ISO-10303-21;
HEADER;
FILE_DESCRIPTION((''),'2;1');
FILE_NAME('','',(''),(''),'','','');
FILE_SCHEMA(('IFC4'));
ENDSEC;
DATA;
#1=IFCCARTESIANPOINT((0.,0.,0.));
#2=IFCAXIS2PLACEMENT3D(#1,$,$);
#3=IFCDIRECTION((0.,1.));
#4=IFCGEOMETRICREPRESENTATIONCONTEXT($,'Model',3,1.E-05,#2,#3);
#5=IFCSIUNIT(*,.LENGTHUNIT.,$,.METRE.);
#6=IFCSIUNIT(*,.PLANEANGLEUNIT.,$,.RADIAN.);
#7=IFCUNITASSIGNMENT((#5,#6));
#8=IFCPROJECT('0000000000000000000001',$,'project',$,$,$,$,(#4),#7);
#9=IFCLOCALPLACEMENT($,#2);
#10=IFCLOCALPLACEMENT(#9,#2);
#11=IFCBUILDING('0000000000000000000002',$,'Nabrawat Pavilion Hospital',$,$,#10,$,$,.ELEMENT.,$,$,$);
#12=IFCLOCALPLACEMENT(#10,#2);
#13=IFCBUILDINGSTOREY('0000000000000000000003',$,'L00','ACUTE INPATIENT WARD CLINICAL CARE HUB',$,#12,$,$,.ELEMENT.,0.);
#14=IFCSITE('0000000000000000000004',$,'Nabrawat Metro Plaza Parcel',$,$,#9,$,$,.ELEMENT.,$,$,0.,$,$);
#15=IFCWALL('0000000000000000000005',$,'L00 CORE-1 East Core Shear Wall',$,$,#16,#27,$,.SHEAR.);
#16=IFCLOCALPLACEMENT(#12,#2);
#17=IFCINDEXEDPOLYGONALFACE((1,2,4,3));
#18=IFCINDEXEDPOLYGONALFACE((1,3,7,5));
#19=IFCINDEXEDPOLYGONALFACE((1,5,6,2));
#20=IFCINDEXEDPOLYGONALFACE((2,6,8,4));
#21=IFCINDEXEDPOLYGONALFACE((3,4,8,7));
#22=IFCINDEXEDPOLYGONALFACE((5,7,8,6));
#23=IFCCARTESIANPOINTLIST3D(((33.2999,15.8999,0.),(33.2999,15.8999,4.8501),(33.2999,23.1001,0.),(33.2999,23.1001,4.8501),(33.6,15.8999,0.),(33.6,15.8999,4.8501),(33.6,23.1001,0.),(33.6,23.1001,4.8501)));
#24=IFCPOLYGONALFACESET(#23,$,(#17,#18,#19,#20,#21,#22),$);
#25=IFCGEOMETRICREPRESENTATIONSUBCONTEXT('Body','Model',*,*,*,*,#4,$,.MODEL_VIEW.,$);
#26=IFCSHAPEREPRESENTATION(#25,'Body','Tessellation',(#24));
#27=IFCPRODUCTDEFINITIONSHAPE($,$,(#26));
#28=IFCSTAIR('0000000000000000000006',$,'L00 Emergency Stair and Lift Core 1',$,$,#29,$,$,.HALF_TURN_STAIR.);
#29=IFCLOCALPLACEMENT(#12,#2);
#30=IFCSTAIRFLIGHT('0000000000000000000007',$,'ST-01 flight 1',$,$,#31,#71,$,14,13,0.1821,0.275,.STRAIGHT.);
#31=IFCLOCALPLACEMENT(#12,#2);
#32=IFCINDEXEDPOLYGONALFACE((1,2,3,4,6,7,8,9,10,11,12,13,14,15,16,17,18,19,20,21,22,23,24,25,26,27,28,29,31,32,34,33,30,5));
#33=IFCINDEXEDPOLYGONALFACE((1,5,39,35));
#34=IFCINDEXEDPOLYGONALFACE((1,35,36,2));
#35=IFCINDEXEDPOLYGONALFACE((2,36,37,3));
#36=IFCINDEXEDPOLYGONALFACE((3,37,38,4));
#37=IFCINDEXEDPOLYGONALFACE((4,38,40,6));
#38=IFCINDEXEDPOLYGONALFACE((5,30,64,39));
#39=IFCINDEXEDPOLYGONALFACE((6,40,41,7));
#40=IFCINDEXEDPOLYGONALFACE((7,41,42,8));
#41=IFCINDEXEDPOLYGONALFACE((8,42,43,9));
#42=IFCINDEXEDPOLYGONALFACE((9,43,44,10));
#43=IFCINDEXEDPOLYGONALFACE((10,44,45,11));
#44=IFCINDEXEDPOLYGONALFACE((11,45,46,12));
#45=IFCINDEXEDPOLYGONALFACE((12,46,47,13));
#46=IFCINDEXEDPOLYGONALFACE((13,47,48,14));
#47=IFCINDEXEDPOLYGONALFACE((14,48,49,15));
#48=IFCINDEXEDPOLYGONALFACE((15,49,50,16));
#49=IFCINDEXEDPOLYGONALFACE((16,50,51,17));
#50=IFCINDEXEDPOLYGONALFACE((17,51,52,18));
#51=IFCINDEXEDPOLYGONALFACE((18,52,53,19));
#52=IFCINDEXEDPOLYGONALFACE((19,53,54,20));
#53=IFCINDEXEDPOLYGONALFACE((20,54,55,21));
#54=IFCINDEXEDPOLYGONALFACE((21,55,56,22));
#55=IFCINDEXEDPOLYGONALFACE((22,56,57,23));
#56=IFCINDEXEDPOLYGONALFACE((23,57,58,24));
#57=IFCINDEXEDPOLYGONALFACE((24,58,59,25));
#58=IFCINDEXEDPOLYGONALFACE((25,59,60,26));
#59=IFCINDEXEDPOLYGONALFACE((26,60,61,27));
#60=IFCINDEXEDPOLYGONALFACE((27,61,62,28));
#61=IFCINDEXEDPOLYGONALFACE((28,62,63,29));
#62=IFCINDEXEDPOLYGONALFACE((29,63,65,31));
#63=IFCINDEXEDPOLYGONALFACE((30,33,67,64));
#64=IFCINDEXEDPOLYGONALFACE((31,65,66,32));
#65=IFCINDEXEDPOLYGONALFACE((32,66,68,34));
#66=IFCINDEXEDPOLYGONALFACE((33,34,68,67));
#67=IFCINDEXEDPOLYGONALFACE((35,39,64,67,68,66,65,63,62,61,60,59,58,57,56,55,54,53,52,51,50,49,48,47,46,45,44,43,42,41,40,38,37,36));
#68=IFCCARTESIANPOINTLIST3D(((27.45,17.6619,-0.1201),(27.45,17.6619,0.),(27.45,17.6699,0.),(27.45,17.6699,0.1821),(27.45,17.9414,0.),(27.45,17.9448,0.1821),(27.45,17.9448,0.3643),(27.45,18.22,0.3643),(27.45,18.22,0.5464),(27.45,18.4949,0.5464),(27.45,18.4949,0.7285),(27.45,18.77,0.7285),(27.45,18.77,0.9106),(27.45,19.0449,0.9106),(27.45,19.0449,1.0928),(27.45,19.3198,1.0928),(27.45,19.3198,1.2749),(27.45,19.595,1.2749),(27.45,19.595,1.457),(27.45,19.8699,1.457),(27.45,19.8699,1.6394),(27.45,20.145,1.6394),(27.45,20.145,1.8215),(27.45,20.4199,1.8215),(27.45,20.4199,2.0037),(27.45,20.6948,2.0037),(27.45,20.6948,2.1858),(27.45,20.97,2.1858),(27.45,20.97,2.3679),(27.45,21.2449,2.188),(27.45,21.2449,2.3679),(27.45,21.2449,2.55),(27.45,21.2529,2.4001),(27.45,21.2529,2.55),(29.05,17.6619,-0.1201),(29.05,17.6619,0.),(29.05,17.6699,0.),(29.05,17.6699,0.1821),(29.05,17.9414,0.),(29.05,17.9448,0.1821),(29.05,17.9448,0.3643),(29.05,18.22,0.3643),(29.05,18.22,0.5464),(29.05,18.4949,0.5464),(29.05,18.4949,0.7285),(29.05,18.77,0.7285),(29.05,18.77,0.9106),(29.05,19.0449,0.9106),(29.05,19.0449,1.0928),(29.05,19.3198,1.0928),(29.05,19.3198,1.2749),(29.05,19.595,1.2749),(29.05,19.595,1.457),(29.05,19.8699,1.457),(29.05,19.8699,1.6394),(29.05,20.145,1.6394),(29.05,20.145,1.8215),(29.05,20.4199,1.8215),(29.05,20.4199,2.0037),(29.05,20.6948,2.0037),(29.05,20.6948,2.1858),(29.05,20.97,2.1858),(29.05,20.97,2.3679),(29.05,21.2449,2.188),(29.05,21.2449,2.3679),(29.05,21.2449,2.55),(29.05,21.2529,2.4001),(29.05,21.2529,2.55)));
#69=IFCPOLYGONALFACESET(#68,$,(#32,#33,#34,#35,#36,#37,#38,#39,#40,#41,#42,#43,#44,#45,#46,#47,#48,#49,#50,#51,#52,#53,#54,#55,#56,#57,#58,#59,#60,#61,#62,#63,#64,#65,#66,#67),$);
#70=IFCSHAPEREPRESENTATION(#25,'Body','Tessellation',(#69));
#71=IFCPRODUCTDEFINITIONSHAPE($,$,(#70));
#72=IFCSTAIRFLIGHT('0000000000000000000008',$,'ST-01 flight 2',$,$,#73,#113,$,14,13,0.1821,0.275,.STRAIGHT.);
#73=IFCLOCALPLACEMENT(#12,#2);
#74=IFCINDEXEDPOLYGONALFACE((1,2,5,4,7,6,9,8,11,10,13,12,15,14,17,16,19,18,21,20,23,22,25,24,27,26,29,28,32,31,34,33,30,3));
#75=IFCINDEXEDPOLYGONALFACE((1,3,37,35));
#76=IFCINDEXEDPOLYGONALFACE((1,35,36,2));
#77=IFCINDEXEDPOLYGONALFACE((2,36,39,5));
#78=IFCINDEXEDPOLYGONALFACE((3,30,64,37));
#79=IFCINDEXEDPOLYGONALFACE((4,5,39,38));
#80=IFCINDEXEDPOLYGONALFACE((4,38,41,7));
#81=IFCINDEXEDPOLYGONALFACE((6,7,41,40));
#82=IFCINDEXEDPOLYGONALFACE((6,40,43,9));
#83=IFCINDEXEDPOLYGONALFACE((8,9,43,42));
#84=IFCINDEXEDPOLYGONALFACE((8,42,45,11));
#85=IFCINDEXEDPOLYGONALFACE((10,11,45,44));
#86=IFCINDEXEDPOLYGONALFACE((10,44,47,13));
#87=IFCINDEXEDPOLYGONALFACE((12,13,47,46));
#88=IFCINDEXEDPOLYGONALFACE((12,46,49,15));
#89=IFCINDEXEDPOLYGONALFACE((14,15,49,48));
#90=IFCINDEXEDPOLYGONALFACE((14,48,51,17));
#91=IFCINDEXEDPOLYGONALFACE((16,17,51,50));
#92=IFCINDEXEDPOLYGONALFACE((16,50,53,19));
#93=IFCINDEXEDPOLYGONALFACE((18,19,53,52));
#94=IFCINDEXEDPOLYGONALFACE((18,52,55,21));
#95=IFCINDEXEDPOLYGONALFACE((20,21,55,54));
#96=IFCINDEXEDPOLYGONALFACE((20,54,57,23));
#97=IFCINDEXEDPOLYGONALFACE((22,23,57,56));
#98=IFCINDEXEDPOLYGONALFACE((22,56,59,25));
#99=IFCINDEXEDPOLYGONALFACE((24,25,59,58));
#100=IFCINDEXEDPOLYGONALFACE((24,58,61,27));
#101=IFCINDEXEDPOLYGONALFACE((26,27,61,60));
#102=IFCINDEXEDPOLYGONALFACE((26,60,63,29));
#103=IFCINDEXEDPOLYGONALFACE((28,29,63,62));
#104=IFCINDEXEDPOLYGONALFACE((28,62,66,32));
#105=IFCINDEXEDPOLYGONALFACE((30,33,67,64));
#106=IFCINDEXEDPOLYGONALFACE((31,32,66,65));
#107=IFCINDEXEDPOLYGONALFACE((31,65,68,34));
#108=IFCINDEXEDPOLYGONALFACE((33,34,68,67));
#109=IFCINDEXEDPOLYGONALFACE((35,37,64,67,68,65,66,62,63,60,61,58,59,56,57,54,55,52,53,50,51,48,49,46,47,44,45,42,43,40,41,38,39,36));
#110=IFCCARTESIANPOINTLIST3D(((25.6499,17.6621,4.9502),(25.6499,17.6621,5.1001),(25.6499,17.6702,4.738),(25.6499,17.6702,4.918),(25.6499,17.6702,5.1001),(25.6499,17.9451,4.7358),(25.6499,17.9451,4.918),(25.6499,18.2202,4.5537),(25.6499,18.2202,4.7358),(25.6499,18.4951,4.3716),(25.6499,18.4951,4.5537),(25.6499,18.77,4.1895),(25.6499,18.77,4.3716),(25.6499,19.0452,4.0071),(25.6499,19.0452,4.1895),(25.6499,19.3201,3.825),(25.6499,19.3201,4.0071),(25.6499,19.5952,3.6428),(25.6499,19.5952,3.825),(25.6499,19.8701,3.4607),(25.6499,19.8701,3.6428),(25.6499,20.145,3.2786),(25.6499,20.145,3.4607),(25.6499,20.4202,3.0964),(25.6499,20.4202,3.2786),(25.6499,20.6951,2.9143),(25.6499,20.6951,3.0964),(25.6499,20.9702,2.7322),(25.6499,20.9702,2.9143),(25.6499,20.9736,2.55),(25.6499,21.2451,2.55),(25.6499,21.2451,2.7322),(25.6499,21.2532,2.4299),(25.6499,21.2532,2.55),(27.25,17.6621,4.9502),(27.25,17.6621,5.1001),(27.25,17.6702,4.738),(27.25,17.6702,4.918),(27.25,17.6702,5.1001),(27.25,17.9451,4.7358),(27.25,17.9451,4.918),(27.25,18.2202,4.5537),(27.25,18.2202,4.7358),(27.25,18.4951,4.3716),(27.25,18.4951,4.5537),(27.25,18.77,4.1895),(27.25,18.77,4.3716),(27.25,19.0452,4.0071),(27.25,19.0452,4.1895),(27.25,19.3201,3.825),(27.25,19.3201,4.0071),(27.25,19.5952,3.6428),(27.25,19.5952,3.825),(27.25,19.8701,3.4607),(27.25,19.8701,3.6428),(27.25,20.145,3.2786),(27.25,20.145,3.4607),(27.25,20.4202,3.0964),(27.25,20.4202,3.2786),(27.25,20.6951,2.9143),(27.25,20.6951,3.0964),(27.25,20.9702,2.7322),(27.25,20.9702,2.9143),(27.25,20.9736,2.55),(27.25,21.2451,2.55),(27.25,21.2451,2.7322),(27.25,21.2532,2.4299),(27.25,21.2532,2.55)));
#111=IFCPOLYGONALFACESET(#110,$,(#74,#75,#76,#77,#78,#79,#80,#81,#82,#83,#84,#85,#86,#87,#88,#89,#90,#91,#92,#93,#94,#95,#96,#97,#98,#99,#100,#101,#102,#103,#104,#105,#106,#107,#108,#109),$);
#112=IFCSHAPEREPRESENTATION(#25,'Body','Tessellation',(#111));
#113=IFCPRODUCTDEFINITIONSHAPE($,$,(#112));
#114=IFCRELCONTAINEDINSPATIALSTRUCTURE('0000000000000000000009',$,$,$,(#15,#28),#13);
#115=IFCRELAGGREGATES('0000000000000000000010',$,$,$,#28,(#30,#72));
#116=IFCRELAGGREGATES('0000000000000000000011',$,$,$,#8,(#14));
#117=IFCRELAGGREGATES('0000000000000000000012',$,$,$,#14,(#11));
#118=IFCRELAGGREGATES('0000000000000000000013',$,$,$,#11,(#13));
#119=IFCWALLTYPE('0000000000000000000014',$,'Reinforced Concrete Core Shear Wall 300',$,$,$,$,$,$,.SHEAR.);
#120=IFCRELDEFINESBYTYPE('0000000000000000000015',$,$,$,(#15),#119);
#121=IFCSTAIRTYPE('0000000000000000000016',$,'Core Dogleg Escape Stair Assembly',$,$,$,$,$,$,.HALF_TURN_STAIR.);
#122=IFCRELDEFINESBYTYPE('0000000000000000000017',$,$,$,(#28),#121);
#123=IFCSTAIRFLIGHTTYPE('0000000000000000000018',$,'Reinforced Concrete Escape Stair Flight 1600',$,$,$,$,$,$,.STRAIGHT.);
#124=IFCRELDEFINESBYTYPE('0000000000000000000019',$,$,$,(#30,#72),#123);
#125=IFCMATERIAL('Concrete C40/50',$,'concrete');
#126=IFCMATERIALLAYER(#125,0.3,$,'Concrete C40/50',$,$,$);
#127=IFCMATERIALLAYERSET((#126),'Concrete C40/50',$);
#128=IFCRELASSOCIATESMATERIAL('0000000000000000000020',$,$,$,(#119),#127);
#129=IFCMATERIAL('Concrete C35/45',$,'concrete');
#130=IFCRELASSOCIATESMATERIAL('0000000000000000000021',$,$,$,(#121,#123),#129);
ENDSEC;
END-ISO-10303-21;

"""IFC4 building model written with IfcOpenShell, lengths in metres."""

from ifc_helpers import new_model, si_unit, direction, frame, frame_2d, origin, place, context, subcontext, project, spatial, polyline, rectangle, outline, extrude, material, layer, layer_set, type_object, element, aggregate, save


model = new_model("IFC4")

# Units and contexts
model_context = context("Model", 3, precision=1e-05, world=origin(), true_north=direction((0.0, 1.0)))
body_context = subcontext(model_context, "Body", "Model", "MODEL_VIEW")
ifc_project = project(units=[si_unit("LENGTHUNIT", "METRE"), si_unit("PLANEANGLEUNIT", "RADIAN")], contexts=[model_context])

# Site, building, storey
site_placement = place(None, origin())
site = spatial("IfcSite", under=ifc_project, at=site_placement, Name="Nabrawat Metro Plaza Parcel", CompositionType="ELEMENT", RefElevation=0.0)
building_placement = place(site_placement, origin())
building = spatial("IfcBuilding", under=site, at=building_placement, Name="Nabrawat Pavilion Hospital", CompositionType="ELEMENT")
storey_placement = place(building_placement, origin())
storey = spatial("IfcBuildingStorey", under=building, at=storey_placement, Name="L00", Description="ACUTE INPATIENT WARD CLINICAL CARE HUB", CompositionType="ELEMENT", Elevation=0.0)

# Shared definitions
ifc_material_1 = material(Name="Concrete C35/45", Category="concrete")

# Shared definitions
ifc_material_2 = material(Name="Concrete C40/50", Category="concrete")
ifc_layer_1 = layer(ifc_material_2, 0.3, Name="Concrete C40/50")
ifc_layer_set_1 = layer_set([ifc_layer_1], Name="Concrete C40/50")
wall_type_1 = type_object("IfcWallType", Name="Reinforced Concrete Core Shear Wall 300", PredefinedType="SHEAR", material=ifc_layer_set_1)

# Wall
for number, where, z_axis, x_axis, name in (
    (1, (33.45, 15.8999, 0.0), (0.0, 0.0, 1.0), (0.0, 1.0, 0.0), "L00 CORE-1 East Core Shear Wall"),
):
    element("IfcWall", number, at=place(storey_placement, frame(where, z_axis=z_axis, x_axis=x_axis)), inside=storey, type_object=wall_type_1, Name=name, PredefinedType="SHEAR", context=body_context, shape_type="SweptSolid", body=[
        extrude(rectangle(XDim=7.2002, YDim=0.3, at=frame_2d((3.6001, 0.0))), origin(), (0.0, 0.0, 1.0), 4.8501),
    ])

# Stair, stair flights
stair_type = type_object("IfcStairType", Name="Core Dogleg Escape Stair Assembly", PredefinedType="HALF_TURN_STAIR", material=ifc_material_1)
stair_placement = place(storey_placement, origin())
stair = element("IfcStair", 2, at=stair_placement, inside=storey, type_object=stair_type, Name="L00 Emergency Stair and Lift Core 1", PredefinedType="HALF_TURN_STAIR")
stair_flight_type = type_object("IfcStairFlightType", Name="Reinforced Concrete Escape Stair Flight 1600", PredefinedType="STRAIGHT", material=ifc_material_1)
stair_flight_1_placement = place(storey_placement, frame((28.25, 17.6699, 0.0), z_axis=(0.0, 0.0, 1.0), x_axis=(0.0, 1.0, 0.0)))
stair_flight_1 = element("IfcStairFlight", 3, at=stair_flight_1_placement, type_object=stair_flight_type, Name="ST-01 flight 1", NumberOfRisers=14, NumberOfTreads=13, PredefinedType="STRAIGHT", RiserHeight=0.1821, TreadLength=0.275, context=body_context, shape_type="SweptSolid", body=[
    extrude(outline(polyline([(-0.0081, 0.0), (0.0, 0.0), (0.0, 0.1821), (0.2749, 0.1821), (0.2749, 0.3643), (0.55, 0.3643), (0.55, 0.5464), (0.825, 0.5464), (0.825, 0.7285), (1.1001, 0.7285), (1.1001, 0.9106), (1.375, 0.9106), (1.375, 1.0928), (1.6499, 1.0928), (1.6499, 1.2749), (1.925, 1.2749), (1.925, 1.457), (2.2, 1.457), (2.2, 1.6394), (2.4751, 1.6394), (2.4751, 1.8215), (2.75, 1.8215), (2.75, 2.0037), (3.0249, 2.0037), (3.0249, 2.1858), (3.3, 2.1858), (3.3, 2.3679), (3.575, 2.3679), (3.575, 2.55), (3.583, 2.55), (3.583, 2.4001), (3.575, 2.188), (0.2715, 0.0), (-0.0081, -0.1201), (-0.0081, 0.0)])), frame((0.0, 0.8, 0.0), z_axis=(0.0, -1.0, 0.0), x_axis=(1.0, 0.0, 0.0)), (0.0, 0.0, 1.0), 1.6001),
])
stair_flight_2_placement = place(storey_placement, frame((26.45, 21.2451, 2.55), z_axis=(0.0, 0.0, 1.0), x_axis=(0.0, -1.0, 0.0)))
stair_flight_2 = element("IfcStairFlight", 4, at=stair_flight_2_placement, type_object=stair_flight_type, Name="ST-01 flight 2", NumberOfRisers=14, NumberOfTreads=13, PredefinedType="STRAIGHT", RiserHeight=0.1821, TreadLength=0.275, context=body_context, shape_type="SweptSolid", body=[
    extrude(outline(polyline([(-0.0081, 0.0), (0.0, 0.0), (0.0, 0.1821), (0.2749, 0.1821), (0.2749, 0.3643), (0.55, 0.3643), (0.55, 0.5464), (0.825, 0.5464), (0.825, 0.7285), (1.1001, 0.7285), (1.1001, 0.9106), (1.375, 0.9106), (1.375, 1.0928), (1.6499, 1.0928), (1.6499, 1.2749), (1.925, 1.2749), (1.925, 1.457), (2.2, 1.457), (2.2, 1.6394), (2.4751, 1.6394), (2.4751, 1.8215), (2.75, 1.8215), (2.75, 2.0037), (3.0249, 2.0037), (3.0249, 2.1858), (3.3, 2.1858), (3.3, 2.3679), (3.575, 2.3679), (3.575, 2.55), (3.583, 2.55), (3.583, 2.4001), (3.575, 2.188), (0.2715, 0.0), (-0.0081, -0.1201), (-0.0081, 0.0)])), frame((0.0, 0.8, 0.0), z_axis=(0.0, -1.0, 0.0), x_axis=(1.0, 0.0, 0.0)), (0.0, 0.0, 1.0), 1.6001),
])
aggregate(stair, [stair_flight_1, stair_flight_2])

save(model, "model.ifc")
